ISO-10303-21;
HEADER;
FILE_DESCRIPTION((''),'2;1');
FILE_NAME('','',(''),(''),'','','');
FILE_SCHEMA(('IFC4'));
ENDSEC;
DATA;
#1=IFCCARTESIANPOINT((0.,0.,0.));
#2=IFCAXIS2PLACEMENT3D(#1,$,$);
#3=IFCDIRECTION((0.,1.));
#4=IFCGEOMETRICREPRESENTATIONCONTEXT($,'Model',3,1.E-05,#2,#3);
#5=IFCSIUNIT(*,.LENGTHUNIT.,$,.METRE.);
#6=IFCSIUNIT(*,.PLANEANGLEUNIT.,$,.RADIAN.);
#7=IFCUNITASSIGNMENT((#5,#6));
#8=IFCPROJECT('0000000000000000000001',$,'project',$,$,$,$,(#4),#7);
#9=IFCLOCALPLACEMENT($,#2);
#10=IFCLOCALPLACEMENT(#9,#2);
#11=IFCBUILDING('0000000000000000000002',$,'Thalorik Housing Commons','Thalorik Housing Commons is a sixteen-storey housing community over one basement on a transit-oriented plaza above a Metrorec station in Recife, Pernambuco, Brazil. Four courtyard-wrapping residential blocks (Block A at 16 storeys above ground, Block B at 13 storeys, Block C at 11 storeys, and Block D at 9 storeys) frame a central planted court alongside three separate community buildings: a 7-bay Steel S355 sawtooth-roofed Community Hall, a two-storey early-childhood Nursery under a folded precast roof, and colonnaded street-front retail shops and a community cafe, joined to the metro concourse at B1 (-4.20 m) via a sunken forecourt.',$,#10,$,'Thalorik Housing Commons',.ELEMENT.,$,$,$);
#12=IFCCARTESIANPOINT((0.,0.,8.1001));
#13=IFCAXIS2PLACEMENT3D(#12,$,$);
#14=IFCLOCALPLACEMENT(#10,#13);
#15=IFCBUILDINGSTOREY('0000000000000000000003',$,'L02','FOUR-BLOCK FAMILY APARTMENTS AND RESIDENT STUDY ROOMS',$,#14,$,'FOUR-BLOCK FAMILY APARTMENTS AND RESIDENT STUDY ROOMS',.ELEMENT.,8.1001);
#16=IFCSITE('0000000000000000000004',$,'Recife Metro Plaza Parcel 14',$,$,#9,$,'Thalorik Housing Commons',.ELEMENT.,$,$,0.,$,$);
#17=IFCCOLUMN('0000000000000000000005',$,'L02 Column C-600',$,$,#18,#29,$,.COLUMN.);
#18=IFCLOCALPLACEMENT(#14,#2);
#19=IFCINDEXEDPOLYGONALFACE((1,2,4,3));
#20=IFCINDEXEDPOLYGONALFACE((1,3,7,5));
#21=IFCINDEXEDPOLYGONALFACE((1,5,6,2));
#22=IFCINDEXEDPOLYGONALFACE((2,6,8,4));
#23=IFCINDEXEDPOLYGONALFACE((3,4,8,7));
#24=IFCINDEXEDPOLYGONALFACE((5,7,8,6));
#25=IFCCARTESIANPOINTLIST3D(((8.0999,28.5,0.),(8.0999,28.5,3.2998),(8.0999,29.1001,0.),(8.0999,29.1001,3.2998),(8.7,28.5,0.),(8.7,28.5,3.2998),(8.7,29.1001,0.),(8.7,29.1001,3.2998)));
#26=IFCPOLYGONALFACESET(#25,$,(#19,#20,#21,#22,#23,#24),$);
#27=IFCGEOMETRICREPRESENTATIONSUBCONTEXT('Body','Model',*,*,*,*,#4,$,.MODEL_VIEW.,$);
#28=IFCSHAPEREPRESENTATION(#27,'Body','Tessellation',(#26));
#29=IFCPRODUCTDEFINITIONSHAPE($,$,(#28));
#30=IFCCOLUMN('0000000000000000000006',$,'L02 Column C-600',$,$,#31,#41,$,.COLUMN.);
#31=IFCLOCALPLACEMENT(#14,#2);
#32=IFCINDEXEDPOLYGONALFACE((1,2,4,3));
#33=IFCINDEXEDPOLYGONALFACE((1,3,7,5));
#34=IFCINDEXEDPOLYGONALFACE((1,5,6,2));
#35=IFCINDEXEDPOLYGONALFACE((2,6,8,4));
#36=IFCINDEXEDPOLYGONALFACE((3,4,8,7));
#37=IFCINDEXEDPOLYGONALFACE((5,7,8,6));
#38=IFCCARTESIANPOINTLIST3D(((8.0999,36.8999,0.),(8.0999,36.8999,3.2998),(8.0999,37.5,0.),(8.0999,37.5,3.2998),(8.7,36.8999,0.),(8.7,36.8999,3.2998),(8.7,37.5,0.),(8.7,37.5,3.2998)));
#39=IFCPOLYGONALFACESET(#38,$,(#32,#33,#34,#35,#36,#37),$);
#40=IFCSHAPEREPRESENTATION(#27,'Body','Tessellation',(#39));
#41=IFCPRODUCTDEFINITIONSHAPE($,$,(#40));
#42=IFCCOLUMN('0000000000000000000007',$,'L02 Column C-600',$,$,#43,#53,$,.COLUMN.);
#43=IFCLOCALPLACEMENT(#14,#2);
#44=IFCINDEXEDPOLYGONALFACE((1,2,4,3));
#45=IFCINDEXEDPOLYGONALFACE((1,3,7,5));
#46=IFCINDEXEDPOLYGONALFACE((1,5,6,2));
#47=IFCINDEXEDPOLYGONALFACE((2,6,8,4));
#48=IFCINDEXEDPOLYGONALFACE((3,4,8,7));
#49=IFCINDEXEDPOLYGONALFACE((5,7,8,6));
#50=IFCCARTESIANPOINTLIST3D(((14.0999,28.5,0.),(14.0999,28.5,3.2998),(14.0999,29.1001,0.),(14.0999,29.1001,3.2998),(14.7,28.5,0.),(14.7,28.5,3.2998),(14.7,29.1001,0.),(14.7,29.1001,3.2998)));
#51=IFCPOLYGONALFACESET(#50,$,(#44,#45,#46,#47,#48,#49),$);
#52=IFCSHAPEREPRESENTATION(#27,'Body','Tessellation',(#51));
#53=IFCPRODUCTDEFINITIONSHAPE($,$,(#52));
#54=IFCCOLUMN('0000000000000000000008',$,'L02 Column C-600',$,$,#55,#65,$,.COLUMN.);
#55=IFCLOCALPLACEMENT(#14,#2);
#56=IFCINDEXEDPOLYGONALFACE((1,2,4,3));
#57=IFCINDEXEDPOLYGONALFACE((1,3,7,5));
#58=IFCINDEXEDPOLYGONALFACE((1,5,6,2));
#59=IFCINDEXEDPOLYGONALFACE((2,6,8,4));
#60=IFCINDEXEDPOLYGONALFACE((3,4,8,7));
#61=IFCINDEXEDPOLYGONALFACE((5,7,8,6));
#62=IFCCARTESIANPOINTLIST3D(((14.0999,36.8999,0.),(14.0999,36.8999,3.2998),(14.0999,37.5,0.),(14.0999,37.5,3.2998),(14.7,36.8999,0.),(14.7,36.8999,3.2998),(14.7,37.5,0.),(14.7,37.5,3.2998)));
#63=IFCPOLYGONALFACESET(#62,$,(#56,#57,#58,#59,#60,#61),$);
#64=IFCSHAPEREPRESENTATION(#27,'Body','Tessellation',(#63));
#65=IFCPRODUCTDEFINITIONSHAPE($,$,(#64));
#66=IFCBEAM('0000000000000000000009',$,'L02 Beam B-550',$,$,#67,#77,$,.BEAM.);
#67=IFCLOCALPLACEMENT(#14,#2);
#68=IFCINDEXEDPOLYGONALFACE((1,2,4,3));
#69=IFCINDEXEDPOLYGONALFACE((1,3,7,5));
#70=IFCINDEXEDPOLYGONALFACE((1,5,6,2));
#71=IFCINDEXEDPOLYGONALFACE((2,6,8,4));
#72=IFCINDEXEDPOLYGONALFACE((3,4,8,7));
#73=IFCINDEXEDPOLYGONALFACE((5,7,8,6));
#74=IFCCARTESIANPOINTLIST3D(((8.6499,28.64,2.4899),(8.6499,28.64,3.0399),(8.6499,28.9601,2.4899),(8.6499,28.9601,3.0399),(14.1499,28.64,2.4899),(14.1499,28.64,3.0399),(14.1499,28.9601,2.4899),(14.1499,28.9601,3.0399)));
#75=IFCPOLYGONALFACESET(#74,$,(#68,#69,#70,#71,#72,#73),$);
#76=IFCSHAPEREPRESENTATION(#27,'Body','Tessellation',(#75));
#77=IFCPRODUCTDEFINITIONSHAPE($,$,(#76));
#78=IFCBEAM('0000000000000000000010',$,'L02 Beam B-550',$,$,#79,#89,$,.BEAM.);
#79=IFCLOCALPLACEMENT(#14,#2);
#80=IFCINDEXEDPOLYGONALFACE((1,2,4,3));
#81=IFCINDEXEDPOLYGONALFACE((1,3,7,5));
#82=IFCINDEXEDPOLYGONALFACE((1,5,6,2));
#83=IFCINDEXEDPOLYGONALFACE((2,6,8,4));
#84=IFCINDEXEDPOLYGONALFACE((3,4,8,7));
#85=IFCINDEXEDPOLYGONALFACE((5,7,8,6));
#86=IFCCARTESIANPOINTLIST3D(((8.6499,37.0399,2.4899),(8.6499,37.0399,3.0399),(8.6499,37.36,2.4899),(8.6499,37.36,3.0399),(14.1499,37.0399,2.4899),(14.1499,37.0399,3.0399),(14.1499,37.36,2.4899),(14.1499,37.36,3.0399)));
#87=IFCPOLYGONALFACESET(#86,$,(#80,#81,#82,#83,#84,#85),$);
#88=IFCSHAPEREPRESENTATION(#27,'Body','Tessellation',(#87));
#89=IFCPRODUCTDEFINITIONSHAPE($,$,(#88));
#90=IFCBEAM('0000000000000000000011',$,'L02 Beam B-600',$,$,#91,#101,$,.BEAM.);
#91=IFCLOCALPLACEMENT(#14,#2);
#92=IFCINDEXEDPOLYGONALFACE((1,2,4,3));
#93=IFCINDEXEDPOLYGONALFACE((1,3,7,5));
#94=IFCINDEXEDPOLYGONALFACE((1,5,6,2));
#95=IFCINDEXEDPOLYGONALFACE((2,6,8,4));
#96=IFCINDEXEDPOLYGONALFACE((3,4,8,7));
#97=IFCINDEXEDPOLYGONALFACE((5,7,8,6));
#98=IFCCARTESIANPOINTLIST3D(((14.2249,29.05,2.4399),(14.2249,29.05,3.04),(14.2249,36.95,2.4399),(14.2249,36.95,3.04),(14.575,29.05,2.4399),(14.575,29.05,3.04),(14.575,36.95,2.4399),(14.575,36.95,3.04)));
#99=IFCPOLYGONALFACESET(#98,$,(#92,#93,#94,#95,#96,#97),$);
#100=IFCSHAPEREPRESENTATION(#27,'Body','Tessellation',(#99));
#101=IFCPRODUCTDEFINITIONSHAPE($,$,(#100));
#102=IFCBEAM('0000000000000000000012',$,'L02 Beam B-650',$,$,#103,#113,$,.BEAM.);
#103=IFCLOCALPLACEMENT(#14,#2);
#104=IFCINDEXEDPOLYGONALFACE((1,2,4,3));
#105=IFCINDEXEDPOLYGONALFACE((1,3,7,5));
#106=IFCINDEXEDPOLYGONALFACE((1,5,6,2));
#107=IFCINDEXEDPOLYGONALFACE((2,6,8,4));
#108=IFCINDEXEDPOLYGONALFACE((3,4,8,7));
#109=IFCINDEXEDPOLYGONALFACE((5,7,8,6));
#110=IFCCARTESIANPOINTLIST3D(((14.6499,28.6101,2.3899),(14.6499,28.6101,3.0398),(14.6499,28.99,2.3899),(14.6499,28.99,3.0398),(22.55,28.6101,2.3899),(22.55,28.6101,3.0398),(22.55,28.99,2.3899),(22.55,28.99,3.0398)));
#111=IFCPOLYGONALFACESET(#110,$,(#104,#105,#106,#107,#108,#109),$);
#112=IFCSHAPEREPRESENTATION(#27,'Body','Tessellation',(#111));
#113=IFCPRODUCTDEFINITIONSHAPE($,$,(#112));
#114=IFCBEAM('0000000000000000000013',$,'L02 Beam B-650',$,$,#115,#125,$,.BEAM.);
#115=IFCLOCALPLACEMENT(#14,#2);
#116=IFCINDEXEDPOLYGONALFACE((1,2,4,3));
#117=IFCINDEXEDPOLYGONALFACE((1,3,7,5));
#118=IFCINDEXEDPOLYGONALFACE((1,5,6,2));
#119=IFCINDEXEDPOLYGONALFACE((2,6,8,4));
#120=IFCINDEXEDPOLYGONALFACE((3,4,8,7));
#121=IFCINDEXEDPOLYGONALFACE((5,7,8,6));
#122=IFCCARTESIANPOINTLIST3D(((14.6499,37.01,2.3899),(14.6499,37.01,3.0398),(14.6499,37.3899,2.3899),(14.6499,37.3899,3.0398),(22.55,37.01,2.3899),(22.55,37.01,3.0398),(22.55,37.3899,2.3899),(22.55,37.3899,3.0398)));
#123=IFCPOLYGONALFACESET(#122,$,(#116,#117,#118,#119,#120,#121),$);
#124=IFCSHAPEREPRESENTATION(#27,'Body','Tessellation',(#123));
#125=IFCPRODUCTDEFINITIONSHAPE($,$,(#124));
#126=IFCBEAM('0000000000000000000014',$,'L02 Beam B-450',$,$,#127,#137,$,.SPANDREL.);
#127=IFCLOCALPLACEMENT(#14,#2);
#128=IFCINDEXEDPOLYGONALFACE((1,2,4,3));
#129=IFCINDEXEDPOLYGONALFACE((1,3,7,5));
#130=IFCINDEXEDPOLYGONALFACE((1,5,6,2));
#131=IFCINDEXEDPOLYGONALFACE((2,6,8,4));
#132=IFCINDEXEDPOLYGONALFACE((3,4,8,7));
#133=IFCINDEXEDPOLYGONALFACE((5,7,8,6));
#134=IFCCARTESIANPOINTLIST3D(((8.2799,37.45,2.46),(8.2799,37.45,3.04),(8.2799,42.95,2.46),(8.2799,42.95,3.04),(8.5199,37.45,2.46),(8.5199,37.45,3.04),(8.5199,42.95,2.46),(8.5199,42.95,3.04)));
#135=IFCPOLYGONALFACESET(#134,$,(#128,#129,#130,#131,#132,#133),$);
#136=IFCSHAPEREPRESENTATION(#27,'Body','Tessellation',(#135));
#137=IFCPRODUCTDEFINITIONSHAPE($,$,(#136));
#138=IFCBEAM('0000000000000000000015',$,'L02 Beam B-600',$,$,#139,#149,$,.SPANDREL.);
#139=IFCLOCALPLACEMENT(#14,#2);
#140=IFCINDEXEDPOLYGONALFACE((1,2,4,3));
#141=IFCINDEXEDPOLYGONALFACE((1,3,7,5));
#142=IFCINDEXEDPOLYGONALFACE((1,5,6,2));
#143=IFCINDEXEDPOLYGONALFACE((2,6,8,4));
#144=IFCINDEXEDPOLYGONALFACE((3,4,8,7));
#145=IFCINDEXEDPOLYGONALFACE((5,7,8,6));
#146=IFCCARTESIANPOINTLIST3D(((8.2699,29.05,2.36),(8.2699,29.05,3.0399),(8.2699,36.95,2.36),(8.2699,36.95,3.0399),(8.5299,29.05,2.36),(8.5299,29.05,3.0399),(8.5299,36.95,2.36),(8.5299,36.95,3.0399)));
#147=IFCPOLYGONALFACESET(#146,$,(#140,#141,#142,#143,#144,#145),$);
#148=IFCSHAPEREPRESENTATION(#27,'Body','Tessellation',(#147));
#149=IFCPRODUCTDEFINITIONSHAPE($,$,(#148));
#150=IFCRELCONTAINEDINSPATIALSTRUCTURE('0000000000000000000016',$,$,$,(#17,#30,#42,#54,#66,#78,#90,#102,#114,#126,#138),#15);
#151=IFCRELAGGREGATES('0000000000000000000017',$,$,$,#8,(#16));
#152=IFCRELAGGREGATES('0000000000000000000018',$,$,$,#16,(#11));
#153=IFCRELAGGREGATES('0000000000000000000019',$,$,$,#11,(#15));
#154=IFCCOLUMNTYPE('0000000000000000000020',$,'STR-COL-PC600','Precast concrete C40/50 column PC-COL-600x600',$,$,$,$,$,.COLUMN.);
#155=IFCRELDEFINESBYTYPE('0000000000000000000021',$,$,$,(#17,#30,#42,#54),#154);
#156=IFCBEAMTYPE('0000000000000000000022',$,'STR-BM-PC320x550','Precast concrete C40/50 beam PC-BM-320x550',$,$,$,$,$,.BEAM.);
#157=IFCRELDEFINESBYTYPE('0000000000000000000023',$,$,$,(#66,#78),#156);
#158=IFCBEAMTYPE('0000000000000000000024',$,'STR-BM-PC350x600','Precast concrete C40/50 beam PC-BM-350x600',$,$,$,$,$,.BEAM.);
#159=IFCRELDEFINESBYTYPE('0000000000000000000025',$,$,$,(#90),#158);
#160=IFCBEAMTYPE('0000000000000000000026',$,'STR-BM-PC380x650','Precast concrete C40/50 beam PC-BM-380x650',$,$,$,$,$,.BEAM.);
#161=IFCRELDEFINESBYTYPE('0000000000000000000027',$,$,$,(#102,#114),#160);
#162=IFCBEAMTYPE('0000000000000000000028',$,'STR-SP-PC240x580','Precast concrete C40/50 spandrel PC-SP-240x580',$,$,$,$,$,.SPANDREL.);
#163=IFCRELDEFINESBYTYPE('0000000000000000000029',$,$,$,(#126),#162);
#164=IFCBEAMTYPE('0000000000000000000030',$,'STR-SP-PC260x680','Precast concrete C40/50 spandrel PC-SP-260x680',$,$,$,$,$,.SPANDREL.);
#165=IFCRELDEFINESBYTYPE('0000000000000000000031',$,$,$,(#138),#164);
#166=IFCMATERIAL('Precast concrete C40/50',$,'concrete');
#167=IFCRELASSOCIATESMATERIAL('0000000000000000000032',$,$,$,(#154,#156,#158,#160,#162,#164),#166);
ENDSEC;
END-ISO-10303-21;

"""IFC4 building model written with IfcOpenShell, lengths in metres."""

from ifc_helpers import new_model, si_unit, direction, frame, origin, origin_2d, place, context, subcontext, project, spatial, rectangle, extrude, material, material_profile, profile_set, type_object, element, save


model = new_model("IFC4")

# Units and contexts
model_context = context("Model", 3, precision=1e-05, world=origin(), true_north=direction((0.0, 1.0)))
body_context = subcontext(model_context, "Body", "Model", "MODEL_VIEW")
ifc_project = project(units=[si_unit("LENGTHUNIT", "METRE"), si_unit("PLANEANGLEUNIT", "RADIAN")], contexts=[model_context])

# Site, building, storey
site_placement = place(None, origin())
site = spatial("IfcSite", under=ifc_project, at=site_placement, Name="Recife Metro Plaza Parcel 14", LongName="Thalorik Housing Commons", CompositionType="ELEMENT", RefElevation=0.0)
building_placement = place(site_placement, origin())
building = spatial("IfcBuilding", under=site, at=building_placement, Name="Thalorik Housing Commons", Description="Thalorik Housing Commons is a sixteen-storey housing community over one basement on a transit-oriented plaza above a Metrorec station in Recife, Pernambuco, Brazil. Four courtyard-wrapping residential blocks (Block A at 16 storeys above ground, Block B at 13 storeys, Block C at 11 storeys, and Block D at 9 storeys) frame a central planted court alongside three separate community buildings: a 7-bay Steel S355 sawtooth-roofed Community Hall, a two-storey early-childhood Nursery under a folded precast roof, and colonnaded street-front retail shops and a community cafe, joined to the metro concourse at B1 (-4.20 m) via a sunken forecourt.", LongName="Thalorik Housing Commons", CompositionType="ELEMENT")
storey_placement = place(building_placement, frame((0.0, 0.0, 8.1001)))
storey = spatial("IfcBuildingStorey", under=building, at=storey_placement, Name="L02", Description="FOUR-BLOCK FAMILY APARTMENTS AND RESIDENT STUDY ROOMS", LongName="FOUR-BLOCK FAMILY APARTMENTS AND RESIDENT STUDY ROOMS", CompositionType="ELEMENT", Elevation=8.1001)

# Columns
ifc_material_1 = material(Name="Precast concrete C40/50", Category="concrete")
ifc_material_profile_1 = material_profile(ifc_material_1, rectangle(XDim=0.6001, YDim=0.6001, at=origin_2d()), Name="PC 600x600", Category="concrete")
ifc_profile_set_1 = profile_set([ifc_material_profile_1], Name="Precast concrete C40/50")
column_type = type_object("IfcColumnType", Name="STR-COL-PC600", Description="Precast concrete C40/50 column PC-COL-600x600", PredefinedType="COLUMN", material=ifc_profile_set_1)
for number, where, z_axis, x_axis, name in (
    (1, (8.3999, 28.8, 0.0), (0.0, 0.0, 1.0), (1.0, 0.0, 0.0), "L02 Column C-600"),
    (2, (8.3999, 37.2, 0.0), (0.0, 0.0, 1.0), (1.0, 0.0, 0.0), "L02 Column C-600"),
    (3, (14.3999, 28.8, 0.0), (0.0, 0.0, 1.0), (1.0, 0.0, 0.0), "L02 Column C-600"),
    (4, (14.3999, 37.2, 0.0), (0.0, 0.0, 1.0), (1.0, 0.0, 0.0), "L02 Column C-600"),
):
    element("IfcColumn", number, at=place(storey_placement, frame(where, z_axis=z_axis, x_axis=x_axis)), inside=storey, type_object=column_type, Name=name, PredefinedType="COLUMN", context=body_context, shape_type="SweptSolid", body=[
        extrude(rectangle(XDim=0.6001, YDim=0.6001, at=origin_2d()), origin(), (0.0, 0.0, 1.0), 3.2998),
    ])

# Beams
ifc_material_profile_2 = material_profile(ifc_material_1, rectangle(XDim=0.3201, YDim=0.55, at=origin_2d()), Name="PC 320x550", Category="concrete")
ifc_profile_set_2 = profile_set([ifc_material_profile_2], Name="Precast concrete C40/50")
beam_type_1 = type_object("IfcBeamType", Name="STR-BM-PC320x550", Description="Precast concrete C40/50 beam PC-BM-320x550", PredefinedType="BEAM", material=ifc_profile_set_2)
for number, where, z_axis, x_axis, name in (
    (5, (8.6499, 28.8, 2.7649), (1.0, 0.0, 0.0), (0.0, 1.0, 0.0), "L02 Beam B-550"),
    (6, (8.6499, 37.2, 2.7649), (1.0, 0.0, 0.0), (0.0, 1.0, 0.0), "L02 Beam B-550"),
):
    element("IfcBeam", number, at=place(storey_placement, frame(where, z_axis=z_axis, x_axis=x_axis)), inside=storey, type_object=beam_type_1, Name=name, PredefinedType="BEAM", context=body_context, shape_type="SweptSolid", body=[
        extrude(rectangle(XDim=0.3201, YDim=0.55, at=origin_2d()), origin(), (0.0, 0.0, 1.0), 5.5),
    ])
ifc_material_profile_3 = material_profile(ifc_material_1, rectangle(XDim=0.3501, YDim=0.6001, at=origin_2d()), Name="PC 350x600", Category="concrete")
ifc_profile_set_3 = profile_set([ifc_material_profile_3], Name="Precast concrete C40/50")
beam_type_2 = type_object("IfcBeamType", Name="STR-BM-PC350x600", Description="Precast concrete C40/50 beam PC-BM-350x600", PredefinedType="BEAM", material=ifc_profile_set_3)
beam_1_placement = place(storey_placement, frame((14.3999, 29.05, 2.74), z_axis=(0.0, 1.0, 0.0), x_axis=(-1.0, 0.0, 0.0)))
element("IfcBeam", 7, at=beam_1_placement, inside=storey, type_object=beam_type_2, Name="L02 Beam B-600", PredefinedType="BEAM", context=body_context, shape_type="SweptSolid", body=[
    extrude(rectangle(XDim=0.3501, YDim=0.6001, at=origin_2d()), origin(), (0.0, 0.0, 1.0), 7.8999),
])
ifc_material_profile_4 = material_profile(ifc_material_1, rectangle(XDim=0.3799, YDim=0.6499, at=origin_2d()), Name="PC 380x650", Category="concrete")
ifc_profile_set_4 = profile_set([ifc_material_profile_4], Name="Precast concrete C40/50")
beam_type_3 = type_object("IfcBeamType", Name="STR-BM-PC380x650", Description="Precast concrete C40/50 beam PC-BM-380x650", PredefinedType="BEAM", material=ifc_profile_set_4)
for number, where, z_axis, x_axis, name in (
    (8, (14.6499, 28.8, 2.7148), (1.0, 0.0, 0.0), (0.0, 1.0, 0.0), "L02 Beam B-650"),
    (9, (14.6499, 37.2, 2.7148), (1.0, 0.0, 0.0), (0.0, 1.0, 0.0), "L02 Beam B-650"),
):
    element("IfcBeam", number, at=place(storey_placement, frame(where, z_axis=z_axis, x_axis=x_axis)), inside=storey, type_object=beam_type_3, Name=name, PredefinedType="BEAM", context=body_context, shape_type="SweptSolid", body=[
        extrude(rectangle(XDim=0.3799, YDim=0.6499, at=origin_2d()), origin(), (0.0, 0.0, 1.0), 7.9001),
    ])
ifc_material_profile_5 = material_profile(ifc_material_1, rectangle(XDim=0.24, YDim=0.5801, at=origin_2d()), Name="PC SP 240x580", Category="concrete")
ifc_profile_set_5 = profile_set([ifc_material_profile_5], Name="Precast concrete C40/50")
beam_type_4 = type_object("IfcBeamType", Name="STR-SP-PC240x580", Description="Precast concrete C40/50 spandrel PC-SP-240x580", PredefinedType="SPANDREL", material=ifc_profile_set_5)
beam_2_placement = place(storey_placement, frame((8.3999, 37.45, 2.75), z_axis=(0.0, 1.0, 0.0), x_axis=(-1.0, 0.0, 0.0)))
element("IfcBeam", 10, at=beam_2_placement, inside=storey, type_object=beam_type_4, Name="L02 Beam B-450", PredefinedType="SPANDREL", context=body_context, shape_type="SweptSolid", body=[
    extrude(rectangle(XDim=0.24, YDim=0.5801, at=origin_2d()), origin(), (0.0, 0.0, 1.0), 5.5),
])
ifc_material_profile_6 = material_profile(ifc_material_1, rectangle(XDim=0.26, YDim=0.6799, at=origin_2d()), Name="PC SP 260x680", Category="concrete")
ifc_profile_set_6 = profile_set([ifc_material_profile_6], Name="Precast concrete C40/50")
beam_type_5 = type_object("IfcBeamType", Name="STR-SP-PC260x680", Description="Precast concrete C40/50 spandrel PC-SP-260x680", PredefinedType="SPANDREL", material=ifc_profile_set_6)
beam_3_placement = place(storey_placement, frame((8.3999, 29.05, 2.7), z_axis=(0.0, 1.0, 0.0), x_axis=(-1.0, 0.0, 0.0)))
element("IfcBeam", 11, at=beam_3_placement, inside=storey, type_object=beam_type_5, Name="L02 Beam B-600", PredefinedType="SPANDREL", context=body_context, shape_type="SweptSolid", body=[
    extrude(rectangle(XDim=0.26, YDim=0.6799, at=origin_2d()), origin(), (0.0, 0.0, 1.0), 7.8999),
])

save(model, "model.ifc")
